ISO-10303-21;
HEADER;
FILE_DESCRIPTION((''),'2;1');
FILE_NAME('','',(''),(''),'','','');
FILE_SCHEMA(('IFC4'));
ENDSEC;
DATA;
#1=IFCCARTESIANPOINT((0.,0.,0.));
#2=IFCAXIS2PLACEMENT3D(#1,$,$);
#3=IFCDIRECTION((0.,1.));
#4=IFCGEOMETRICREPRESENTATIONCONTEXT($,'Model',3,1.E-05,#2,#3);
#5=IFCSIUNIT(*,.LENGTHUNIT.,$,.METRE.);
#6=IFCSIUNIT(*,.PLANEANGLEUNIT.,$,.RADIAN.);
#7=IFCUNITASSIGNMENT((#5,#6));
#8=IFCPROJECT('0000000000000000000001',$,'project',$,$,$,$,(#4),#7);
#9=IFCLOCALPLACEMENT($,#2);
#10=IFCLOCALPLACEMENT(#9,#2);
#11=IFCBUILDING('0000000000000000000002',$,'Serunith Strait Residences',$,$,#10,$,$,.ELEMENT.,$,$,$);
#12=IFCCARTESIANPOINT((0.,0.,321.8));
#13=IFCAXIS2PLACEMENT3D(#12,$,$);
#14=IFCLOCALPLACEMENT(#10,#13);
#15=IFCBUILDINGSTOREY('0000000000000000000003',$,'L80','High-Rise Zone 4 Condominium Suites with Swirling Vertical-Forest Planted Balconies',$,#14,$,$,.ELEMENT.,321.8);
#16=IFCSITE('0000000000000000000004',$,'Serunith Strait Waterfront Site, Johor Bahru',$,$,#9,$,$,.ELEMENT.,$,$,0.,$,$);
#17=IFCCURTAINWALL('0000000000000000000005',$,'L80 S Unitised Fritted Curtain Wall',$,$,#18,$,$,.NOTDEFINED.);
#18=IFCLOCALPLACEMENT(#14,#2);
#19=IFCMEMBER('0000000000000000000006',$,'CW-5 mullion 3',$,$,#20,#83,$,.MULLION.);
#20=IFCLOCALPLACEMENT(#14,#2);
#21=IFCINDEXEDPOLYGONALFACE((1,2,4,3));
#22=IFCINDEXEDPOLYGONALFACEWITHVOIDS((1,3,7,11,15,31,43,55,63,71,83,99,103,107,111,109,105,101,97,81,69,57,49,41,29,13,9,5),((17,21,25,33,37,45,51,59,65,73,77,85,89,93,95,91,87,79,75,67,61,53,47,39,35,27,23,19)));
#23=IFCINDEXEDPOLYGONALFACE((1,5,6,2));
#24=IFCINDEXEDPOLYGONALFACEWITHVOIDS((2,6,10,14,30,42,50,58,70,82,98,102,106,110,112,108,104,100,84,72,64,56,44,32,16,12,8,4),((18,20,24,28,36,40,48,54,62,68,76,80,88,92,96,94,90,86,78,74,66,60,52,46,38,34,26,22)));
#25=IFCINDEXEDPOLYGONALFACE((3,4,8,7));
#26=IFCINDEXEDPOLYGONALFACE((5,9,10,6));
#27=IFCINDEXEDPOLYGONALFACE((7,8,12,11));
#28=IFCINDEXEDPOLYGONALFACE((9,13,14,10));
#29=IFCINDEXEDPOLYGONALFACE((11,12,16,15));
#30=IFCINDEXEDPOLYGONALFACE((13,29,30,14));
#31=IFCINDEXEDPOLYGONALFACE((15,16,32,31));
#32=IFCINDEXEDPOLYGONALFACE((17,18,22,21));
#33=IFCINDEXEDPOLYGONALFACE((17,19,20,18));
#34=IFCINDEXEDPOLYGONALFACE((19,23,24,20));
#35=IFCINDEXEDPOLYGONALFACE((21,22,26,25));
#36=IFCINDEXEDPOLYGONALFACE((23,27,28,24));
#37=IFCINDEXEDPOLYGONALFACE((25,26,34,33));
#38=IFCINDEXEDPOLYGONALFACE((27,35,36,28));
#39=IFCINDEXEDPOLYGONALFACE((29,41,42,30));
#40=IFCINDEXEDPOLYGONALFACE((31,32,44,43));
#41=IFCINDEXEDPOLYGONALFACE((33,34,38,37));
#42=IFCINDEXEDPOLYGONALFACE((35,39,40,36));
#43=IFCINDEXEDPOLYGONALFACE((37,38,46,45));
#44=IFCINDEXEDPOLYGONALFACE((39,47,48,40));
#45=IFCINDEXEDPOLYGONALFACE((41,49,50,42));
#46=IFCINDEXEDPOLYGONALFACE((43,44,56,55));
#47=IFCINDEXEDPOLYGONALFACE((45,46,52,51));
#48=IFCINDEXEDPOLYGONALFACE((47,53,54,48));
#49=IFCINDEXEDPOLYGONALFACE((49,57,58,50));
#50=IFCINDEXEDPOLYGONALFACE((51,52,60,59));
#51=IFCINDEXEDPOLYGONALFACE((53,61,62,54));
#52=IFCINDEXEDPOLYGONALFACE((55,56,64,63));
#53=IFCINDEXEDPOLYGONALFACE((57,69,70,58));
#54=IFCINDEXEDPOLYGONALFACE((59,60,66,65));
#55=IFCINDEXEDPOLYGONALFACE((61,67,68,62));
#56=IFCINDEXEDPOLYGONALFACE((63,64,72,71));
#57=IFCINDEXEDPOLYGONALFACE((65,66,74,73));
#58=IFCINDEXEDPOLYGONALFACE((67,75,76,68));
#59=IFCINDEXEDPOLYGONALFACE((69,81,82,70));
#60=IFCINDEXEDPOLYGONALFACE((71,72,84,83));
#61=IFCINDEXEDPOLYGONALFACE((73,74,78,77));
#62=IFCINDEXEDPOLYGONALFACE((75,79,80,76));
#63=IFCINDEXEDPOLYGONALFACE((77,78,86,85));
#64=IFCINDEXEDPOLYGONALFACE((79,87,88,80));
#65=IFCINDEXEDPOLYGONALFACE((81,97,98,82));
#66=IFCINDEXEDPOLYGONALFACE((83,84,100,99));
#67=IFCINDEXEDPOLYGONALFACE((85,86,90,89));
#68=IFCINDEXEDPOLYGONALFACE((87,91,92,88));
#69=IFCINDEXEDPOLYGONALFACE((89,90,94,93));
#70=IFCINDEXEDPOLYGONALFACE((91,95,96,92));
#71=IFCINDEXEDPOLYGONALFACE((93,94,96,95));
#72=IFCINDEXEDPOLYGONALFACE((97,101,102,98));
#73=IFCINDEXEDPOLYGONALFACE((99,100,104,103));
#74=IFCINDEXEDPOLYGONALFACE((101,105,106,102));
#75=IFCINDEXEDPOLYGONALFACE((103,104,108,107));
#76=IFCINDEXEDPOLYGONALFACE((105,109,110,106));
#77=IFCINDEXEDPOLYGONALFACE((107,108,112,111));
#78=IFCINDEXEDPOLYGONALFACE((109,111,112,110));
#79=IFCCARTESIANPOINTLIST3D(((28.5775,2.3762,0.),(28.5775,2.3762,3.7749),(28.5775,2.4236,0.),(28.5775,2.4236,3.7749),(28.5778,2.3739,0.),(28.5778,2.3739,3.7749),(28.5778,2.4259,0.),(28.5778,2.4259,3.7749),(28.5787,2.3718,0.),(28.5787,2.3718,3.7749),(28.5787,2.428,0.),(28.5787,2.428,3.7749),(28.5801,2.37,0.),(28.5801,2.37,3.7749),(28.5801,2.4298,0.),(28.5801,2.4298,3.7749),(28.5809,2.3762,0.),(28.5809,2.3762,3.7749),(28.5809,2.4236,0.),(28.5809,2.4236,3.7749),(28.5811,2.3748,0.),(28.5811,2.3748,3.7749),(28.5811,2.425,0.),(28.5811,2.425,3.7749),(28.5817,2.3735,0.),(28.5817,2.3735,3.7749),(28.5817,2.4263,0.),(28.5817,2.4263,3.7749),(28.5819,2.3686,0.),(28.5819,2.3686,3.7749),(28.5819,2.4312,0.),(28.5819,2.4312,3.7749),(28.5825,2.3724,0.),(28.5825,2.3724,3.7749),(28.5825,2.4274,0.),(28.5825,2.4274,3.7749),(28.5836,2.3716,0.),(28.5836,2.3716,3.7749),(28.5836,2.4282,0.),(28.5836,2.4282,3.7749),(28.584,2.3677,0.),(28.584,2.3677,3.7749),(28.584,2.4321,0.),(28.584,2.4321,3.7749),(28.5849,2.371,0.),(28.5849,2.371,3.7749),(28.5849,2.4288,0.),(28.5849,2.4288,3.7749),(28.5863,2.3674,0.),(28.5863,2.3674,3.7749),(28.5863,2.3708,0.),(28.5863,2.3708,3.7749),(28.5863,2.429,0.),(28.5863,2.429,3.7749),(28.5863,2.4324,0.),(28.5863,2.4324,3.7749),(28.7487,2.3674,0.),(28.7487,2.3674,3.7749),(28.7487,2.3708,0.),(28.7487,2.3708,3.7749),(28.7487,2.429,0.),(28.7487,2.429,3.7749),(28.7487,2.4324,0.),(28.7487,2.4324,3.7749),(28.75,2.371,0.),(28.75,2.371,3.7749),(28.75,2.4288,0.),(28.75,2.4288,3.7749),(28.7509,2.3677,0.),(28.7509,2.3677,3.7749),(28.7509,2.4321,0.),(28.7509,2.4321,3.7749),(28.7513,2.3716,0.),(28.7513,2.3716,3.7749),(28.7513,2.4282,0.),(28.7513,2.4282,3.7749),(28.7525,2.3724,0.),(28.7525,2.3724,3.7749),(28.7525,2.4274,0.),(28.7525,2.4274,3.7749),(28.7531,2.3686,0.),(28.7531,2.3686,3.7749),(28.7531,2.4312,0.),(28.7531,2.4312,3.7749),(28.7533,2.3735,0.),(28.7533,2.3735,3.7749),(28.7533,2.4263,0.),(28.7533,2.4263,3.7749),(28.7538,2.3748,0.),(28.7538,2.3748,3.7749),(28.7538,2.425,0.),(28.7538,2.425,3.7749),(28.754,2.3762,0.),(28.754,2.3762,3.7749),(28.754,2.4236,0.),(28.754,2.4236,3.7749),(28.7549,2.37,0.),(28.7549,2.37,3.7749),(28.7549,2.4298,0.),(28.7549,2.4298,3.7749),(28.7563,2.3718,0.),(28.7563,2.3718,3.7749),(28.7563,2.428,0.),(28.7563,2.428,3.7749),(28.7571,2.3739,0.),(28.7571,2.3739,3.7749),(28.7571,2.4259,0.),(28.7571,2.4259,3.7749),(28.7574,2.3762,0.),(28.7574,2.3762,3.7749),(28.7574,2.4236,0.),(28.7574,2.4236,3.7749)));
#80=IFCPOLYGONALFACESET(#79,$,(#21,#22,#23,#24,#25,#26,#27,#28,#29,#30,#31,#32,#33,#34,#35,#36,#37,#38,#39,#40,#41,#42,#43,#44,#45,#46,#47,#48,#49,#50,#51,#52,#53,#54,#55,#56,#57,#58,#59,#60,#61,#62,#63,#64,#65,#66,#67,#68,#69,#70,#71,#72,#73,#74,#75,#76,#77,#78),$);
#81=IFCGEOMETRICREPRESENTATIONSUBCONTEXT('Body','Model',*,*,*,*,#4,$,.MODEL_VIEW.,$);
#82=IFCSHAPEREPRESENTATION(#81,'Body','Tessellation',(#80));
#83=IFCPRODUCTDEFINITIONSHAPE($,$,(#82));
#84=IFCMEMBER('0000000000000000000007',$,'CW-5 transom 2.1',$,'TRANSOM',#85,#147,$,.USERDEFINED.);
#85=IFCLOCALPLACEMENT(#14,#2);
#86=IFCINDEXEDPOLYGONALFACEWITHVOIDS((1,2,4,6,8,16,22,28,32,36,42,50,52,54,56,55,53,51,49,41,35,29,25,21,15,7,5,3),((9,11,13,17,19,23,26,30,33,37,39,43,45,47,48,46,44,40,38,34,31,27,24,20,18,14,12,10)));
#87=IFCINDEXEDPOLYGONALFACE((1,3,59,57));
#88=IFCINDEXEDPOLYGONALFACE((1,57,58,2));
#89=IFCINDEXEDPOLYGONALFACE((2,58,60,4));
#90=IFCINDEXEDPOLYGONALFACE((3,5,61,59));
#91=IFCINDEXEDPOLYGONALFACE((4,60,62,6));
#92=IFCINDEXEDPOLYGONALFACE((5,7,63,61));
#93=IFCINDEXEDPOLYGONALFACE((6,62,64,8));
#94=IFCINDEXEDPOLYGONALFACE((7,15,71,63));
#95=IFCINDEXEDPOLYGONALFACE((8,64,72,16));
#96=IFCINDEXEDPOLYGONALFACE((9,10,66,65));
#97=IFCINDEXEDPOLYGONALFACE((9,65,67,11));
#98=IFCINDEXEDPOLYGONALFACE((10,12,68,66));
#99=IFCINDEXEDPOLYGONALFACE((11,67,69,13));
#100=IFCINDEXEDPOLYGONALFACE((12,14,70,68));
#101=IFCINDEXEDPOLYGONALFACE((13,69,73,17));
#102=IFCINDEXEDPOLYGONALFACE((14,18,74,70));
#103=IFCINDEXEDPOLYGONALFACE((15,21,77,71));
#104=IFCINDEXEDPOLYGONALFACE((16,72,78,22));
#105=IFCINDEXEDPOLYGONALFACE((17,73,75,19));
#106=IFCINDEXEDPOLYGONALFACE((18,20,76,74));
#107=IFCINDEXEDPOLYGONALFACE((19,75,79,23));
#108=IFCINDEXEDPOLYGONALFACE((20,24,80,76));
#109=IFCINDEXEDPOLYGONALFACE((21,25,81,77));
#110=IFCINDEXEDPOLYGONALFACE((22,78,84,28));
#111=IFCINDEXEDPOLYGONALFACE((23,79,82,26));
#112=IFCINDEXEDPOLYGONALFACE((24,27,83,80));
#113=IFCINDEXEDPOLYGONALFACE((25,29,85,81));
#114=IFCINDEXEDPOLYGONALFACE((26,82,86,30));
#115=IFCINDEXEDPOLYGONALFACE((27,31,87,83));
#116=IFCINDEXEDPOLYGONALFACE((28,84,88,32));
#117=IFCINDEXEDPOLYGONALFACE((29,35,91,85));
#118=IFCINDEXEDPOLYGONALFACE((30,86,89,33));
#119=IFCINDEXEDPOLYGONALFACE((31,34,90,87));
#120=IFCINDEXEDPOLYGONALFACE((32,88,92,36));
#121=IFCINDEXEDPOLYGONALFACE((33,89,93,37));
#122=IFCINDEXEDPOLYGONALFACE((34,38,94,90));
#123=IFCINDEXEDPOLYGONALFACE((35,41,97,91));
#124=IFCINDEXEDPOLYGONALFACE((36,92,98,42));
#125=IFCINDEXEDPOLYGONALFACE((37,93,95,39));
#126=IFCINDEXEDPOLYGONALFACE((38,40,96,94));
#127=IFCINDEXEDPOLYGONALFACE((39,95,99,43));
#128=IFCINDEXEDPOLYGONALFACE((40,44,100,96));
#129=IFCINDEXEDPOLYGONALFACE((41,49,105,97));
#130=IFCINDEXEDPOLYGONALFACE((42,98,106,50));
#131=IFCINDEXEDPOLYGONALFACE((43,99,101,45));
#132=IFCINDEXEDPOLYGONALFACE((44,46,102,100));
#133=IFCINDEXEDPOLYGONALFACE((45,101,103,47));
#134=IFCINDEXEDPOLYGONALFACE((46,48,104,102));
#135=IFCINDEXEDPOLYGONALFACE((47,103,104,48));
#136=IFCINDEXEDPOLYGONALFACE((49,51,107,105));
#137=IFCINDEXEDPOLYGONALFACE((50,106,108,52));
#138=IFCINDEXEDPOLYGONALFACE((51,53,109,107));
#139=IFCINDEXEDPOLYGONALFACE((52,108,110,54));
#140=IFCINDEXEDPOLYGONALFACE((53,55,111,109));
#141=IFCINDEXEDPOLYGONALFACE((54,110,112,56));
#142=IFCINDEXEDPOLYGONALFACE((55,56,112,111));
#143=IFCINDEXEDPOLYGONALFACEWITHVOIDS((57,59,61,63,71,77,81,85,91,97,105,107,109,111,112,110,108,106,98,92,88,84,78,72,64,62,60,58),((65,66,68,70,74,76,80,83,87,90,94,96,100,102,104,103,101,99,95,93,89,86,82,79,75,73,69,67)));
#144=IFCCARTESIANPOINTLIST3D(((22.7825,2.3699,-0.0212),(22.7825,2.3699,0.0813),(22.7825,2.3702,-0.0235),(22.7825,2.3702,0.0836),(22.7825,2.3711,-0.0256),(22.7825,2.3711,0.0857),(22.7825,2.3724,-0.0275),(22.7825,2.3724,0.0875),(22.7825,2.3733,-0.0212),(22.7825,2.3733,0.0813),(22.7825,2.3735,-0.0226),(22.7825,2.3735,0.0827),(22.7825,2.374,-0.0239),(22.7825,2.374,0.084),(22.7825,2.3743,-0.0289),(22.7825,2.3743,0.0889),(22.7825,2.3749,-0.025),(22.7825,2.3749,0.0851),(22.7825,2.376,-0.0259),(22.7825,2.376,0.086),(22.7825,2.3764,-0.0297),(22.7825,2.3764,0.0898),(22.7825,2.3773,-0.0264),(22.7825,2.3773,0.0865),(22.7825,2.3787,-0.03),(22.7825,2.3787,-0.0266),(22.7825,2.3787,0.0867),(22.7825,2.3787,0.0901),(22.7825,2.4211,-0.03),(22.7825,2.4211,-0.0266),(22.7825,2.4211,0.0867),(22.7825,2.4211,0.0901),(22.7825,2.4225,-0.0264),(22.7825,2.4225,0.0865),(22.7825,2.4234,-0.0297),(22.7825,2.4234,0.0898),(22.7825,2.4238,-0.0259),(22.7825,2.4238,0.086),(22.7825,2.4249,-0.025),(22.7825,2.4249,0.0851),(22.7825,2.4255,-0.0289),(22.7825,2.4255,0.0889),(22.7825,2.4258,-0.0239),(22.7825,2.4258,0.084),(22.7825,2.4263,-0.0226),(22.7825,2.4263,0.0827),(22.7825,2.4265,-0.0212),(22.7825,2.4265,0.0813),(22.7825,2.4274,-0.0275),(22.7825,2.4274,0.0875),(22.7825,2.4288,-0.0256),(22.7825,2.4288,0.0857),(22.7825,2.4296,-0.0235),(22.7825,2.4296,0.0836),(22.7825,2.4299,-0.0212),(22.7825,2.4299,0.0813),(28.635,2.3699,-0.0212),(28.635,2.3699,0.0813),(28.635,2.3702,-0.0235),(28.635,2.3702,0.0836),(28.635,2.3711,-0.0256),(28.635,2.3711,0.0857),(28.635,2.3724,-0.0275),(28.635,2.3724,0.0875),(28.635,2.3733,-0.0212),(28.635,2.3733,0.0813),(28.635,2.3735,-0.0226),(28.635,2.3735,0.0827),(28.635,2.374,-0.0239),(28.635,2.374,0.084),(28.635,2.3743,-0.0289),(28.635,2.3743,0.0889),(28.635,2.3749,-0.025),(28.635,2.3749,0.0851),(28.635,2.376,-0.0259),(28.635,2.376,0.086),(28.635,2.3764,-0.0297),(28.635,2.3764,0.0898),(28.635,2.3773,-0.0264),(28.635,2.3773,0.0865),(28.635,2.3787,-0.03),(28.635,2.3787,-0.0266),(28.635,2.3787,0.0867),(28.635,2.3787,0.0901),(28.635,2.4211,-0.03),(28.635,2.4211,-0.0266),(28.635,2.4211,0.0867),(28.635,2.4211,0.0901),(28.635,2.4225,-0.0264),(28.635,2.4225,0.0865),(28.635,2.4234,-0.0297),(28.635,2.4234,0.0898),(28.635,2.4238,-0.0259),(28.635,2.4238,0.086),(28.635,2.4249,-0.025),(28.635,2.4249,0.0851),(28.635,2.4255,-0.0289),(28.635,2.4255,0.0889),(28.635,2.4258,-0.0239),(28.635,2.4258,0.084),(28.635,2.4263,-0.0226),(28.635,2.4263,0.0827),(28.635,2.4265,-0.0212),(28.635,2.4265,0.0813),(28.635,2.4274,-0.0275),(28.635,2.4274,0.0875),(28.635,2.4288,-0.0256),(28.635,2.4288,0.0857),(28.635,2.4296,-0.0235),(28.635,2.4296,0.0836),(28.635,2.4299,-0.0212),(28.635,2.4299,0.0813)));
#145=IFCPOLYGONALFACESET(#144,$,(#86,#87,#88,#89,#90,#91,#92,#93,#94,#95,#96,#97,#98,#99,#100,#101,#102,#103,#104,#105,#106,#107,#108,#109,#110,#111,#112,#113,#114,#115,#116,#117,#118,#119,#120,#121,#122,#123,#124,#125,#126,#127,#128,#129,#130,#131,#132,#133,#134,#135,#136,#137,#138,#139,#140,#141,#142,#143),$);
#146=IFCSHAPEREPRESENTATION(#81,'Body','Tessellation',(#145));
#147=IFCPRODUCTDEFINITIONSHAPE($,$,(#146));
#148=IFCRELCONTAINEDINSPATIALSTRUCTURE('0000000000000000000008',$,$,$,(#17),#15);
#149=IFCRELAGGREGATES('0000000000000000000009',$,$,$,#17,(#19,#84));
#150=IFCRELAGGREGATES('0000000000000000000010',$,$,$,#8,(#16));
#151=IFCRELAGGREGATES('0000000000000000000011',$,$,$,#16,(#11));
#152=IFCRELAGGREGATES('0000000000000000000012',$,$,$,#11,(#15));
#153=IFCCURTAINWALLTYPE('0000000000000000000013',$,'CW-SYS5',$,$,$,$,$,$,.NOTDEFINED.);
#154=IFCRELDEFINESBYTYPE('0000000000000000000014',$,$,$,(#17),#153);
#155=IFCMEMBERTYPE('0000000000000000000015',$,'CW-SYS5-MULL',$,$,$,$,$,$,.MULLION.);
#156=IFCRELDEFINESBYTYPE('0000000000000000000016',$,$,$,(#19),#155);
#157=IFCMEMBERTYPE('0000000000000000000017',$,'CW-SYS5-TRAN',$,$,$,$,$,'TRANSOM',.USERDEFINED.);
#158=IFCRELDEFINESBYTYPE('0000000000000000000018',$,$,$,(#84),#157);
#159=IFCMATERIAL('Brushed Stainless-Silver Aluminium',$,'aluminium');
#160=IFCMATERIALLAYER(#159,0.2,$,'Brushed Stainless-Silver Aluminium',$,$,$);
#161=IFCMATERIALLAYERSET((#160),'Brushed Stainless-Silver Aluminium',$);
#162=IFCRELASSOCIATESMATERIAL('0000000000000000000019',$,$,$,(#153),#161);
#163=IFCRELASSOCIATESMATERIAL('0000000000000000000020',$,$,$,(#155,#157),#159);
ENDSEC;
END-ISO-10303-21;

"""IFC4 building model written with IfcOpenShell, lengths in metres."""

from ifc_helpers import new_model, si_unit, direction, frame, origin, origin_2d, place, context, subcontext, project, spatial, hollow_rectangle, extrude, source, transform, mapped, material, layer, layer_set, material_profile, profile_set, type_object, element, aggregate, save


model = new_model("IFC4")

# Units and contexts
model_context = context("Model", 3, precision=1e-05, world=origin(), true_north=direction((0.0, 1.0)))
body_context = subcontext(model_context, "Body", "Model", "MODEL_VIEW")
ifc_project = project(units=[si_unit("LENGTHUNIT", "METRE"), si_unit("PLANEANGLEUNIT", "RADIAN")], contexts=[model_context])

# Site, building, storey
site_placement = place(None, origin())
site = spatial("IfcSite", under=ifc_project, at=site_placement, Name="Serunith Strait Waterfront Site, Johor Bahru", CompositionType="ELEMENT", RefElevation=0.0)
building_placement = place(site_placement, origin())
building = spatial("IfcBuilding", under=site, at=building_placement, Name="Serunith Strait Residences", CompositionType="ELEMENT")
storey_placement = place(building_placement, frame((0.0, 0.0, 321.8)))
storey = spatial("IfcBuildingStorey", under=building, at=storey_placement, Name="L80", Description="High-Rise Zone 4 Condominium Suites with Swirling Vertical-Forest Planted Balconies", CompositionType="ELEMENT", Elevation=321.8)

# Curtain wall, members
ifc_material_1 = material(Name="Brushed Stainless-Silver Aluminium", Category="aluminium")
ifc_layer_1 = layer(ifc_material_1, 0.2, Name="Brushed Stainless-Silver Aluminium")
ifc_layer_set_1 = layer_set([ifc_layer_1], Name="Brushed Stainless-Silver Aluminium")
curtain_wall_type = type_object("IfcCurtainWallType", Name="CW-SYS5", PredefinedType="NOTDEFINED", material=ifc_layer_set_1)
curtain_wall_placement = place(storey_placement, origin())
curtain_wall = element("IfcCurtainWall", 1, at=curtain_wall_placement, inside=storey, type_object=curtain_wall_type, Name="L80 S Unitised Fritted Curtain Wall", PredefinedType="NOTDEFINED")
ifc_material_profile_1 = material_profile(ifc_material_1, hollow_rectangle(XDim=0.0649, YDim=0.1799, WallThickness=0.0034, InnerFilletRadius=0.0054, OuterFilletRadius=0.0088, at=origin_2d()), Name="ALU 180x65x3.5")
ifc_profile_set_1 = profile_set([ifc_material_profile_1], Name="Brushed Stainless-Silver Aluminium")
member_type_1 = type_object("IfcMemberType", Name="CW-SYS5-MULL", PredefinedType="MULLION", material=ifc_profile_set_1)
shared_shape_1 = source(origin(), body_context, "Body", "SweptSolid", [
    extrude(hollow_rectangle(XDim=0.0649, YDim=0.1799, WallThickness=0.0034, InnerFilletRadius=0.0054, OuterFilletRadius=0.0088, at=origin_2d()), origin(), (0.0, 0.0, 1.0), 3.7749),
])
member_1_placement = place(storey_placement, frame((28.6675, 2.3999, 0.0), z_axis=(0.0, 0.0, 1.0), x_axis=(0.0, 1.0, 0.0)))
member_1 = element("IfcMember", 2, at=member_1_placement, type_object=member_type_1, Name="CW-5 mullion 3", PredefinedType="MULLION", context=body_context, shape_type="MappedRepresentation", body=[
    mapped(shared_shape_1, transform((0.0, 0.0, 0.0), scale=1.0)),
])
ifc_material_profile_2 = material_profile(ifc_material_1, hollow_rectangle(XDim=0.0601, YDim=0.1201, WallThickness=0.0034, InnerFilletRadius=0.0054, OuterFilletRadius=0.0088, at=origin_2d()), Name="ALU 120x60x3.5")
ifc_profile_set_2 = profile_set([ifc_material_profile_2], Name="Brushed Stainless-Silver Aluminium")
member_type_2 = type_object("IfcMemberType", Name="CW-SYS5-TRAN", ElementType="TRANSOM", PredefinedType="USERDEFINED", material=ifc_profile_set_2)
shared_shape_2 = source(origin(), body_context, "Body", "SweptSolid", [
    extrude(hollow_rectangle(XDim=0.0601, YDim=0.1201, WallThickness=0.0034, InnerFilletRadius=0.0054, OuterFilletRadius=0.0088, at=origin_2d()), origin(), (0.0, 0.0, 1.0), 5.8525),
])
member_2_placement = place(storey_placement, frame((22.7825, 2.3999, 0.03), z_axis=(1.0, 0.0, 0.0), x_axis=(0.0, 1.0, 0.0)))
member_2 = element("IfcMember", 3, at=member_2_placement, type_object=member_type_2, Name="CW-5 transom 2.1", ObjectType="TRANSOM", PredefinedType="USERDEFINED", context=body_context, shape_type="MappedRepresentation", body=[
    mapped(shared_shape_2, transform((0.0, 0.0, 0.0), scale=1.0)),
])
aggregate(curtain_wall, [member_1, member_2])

save(model, "model.ifc")
